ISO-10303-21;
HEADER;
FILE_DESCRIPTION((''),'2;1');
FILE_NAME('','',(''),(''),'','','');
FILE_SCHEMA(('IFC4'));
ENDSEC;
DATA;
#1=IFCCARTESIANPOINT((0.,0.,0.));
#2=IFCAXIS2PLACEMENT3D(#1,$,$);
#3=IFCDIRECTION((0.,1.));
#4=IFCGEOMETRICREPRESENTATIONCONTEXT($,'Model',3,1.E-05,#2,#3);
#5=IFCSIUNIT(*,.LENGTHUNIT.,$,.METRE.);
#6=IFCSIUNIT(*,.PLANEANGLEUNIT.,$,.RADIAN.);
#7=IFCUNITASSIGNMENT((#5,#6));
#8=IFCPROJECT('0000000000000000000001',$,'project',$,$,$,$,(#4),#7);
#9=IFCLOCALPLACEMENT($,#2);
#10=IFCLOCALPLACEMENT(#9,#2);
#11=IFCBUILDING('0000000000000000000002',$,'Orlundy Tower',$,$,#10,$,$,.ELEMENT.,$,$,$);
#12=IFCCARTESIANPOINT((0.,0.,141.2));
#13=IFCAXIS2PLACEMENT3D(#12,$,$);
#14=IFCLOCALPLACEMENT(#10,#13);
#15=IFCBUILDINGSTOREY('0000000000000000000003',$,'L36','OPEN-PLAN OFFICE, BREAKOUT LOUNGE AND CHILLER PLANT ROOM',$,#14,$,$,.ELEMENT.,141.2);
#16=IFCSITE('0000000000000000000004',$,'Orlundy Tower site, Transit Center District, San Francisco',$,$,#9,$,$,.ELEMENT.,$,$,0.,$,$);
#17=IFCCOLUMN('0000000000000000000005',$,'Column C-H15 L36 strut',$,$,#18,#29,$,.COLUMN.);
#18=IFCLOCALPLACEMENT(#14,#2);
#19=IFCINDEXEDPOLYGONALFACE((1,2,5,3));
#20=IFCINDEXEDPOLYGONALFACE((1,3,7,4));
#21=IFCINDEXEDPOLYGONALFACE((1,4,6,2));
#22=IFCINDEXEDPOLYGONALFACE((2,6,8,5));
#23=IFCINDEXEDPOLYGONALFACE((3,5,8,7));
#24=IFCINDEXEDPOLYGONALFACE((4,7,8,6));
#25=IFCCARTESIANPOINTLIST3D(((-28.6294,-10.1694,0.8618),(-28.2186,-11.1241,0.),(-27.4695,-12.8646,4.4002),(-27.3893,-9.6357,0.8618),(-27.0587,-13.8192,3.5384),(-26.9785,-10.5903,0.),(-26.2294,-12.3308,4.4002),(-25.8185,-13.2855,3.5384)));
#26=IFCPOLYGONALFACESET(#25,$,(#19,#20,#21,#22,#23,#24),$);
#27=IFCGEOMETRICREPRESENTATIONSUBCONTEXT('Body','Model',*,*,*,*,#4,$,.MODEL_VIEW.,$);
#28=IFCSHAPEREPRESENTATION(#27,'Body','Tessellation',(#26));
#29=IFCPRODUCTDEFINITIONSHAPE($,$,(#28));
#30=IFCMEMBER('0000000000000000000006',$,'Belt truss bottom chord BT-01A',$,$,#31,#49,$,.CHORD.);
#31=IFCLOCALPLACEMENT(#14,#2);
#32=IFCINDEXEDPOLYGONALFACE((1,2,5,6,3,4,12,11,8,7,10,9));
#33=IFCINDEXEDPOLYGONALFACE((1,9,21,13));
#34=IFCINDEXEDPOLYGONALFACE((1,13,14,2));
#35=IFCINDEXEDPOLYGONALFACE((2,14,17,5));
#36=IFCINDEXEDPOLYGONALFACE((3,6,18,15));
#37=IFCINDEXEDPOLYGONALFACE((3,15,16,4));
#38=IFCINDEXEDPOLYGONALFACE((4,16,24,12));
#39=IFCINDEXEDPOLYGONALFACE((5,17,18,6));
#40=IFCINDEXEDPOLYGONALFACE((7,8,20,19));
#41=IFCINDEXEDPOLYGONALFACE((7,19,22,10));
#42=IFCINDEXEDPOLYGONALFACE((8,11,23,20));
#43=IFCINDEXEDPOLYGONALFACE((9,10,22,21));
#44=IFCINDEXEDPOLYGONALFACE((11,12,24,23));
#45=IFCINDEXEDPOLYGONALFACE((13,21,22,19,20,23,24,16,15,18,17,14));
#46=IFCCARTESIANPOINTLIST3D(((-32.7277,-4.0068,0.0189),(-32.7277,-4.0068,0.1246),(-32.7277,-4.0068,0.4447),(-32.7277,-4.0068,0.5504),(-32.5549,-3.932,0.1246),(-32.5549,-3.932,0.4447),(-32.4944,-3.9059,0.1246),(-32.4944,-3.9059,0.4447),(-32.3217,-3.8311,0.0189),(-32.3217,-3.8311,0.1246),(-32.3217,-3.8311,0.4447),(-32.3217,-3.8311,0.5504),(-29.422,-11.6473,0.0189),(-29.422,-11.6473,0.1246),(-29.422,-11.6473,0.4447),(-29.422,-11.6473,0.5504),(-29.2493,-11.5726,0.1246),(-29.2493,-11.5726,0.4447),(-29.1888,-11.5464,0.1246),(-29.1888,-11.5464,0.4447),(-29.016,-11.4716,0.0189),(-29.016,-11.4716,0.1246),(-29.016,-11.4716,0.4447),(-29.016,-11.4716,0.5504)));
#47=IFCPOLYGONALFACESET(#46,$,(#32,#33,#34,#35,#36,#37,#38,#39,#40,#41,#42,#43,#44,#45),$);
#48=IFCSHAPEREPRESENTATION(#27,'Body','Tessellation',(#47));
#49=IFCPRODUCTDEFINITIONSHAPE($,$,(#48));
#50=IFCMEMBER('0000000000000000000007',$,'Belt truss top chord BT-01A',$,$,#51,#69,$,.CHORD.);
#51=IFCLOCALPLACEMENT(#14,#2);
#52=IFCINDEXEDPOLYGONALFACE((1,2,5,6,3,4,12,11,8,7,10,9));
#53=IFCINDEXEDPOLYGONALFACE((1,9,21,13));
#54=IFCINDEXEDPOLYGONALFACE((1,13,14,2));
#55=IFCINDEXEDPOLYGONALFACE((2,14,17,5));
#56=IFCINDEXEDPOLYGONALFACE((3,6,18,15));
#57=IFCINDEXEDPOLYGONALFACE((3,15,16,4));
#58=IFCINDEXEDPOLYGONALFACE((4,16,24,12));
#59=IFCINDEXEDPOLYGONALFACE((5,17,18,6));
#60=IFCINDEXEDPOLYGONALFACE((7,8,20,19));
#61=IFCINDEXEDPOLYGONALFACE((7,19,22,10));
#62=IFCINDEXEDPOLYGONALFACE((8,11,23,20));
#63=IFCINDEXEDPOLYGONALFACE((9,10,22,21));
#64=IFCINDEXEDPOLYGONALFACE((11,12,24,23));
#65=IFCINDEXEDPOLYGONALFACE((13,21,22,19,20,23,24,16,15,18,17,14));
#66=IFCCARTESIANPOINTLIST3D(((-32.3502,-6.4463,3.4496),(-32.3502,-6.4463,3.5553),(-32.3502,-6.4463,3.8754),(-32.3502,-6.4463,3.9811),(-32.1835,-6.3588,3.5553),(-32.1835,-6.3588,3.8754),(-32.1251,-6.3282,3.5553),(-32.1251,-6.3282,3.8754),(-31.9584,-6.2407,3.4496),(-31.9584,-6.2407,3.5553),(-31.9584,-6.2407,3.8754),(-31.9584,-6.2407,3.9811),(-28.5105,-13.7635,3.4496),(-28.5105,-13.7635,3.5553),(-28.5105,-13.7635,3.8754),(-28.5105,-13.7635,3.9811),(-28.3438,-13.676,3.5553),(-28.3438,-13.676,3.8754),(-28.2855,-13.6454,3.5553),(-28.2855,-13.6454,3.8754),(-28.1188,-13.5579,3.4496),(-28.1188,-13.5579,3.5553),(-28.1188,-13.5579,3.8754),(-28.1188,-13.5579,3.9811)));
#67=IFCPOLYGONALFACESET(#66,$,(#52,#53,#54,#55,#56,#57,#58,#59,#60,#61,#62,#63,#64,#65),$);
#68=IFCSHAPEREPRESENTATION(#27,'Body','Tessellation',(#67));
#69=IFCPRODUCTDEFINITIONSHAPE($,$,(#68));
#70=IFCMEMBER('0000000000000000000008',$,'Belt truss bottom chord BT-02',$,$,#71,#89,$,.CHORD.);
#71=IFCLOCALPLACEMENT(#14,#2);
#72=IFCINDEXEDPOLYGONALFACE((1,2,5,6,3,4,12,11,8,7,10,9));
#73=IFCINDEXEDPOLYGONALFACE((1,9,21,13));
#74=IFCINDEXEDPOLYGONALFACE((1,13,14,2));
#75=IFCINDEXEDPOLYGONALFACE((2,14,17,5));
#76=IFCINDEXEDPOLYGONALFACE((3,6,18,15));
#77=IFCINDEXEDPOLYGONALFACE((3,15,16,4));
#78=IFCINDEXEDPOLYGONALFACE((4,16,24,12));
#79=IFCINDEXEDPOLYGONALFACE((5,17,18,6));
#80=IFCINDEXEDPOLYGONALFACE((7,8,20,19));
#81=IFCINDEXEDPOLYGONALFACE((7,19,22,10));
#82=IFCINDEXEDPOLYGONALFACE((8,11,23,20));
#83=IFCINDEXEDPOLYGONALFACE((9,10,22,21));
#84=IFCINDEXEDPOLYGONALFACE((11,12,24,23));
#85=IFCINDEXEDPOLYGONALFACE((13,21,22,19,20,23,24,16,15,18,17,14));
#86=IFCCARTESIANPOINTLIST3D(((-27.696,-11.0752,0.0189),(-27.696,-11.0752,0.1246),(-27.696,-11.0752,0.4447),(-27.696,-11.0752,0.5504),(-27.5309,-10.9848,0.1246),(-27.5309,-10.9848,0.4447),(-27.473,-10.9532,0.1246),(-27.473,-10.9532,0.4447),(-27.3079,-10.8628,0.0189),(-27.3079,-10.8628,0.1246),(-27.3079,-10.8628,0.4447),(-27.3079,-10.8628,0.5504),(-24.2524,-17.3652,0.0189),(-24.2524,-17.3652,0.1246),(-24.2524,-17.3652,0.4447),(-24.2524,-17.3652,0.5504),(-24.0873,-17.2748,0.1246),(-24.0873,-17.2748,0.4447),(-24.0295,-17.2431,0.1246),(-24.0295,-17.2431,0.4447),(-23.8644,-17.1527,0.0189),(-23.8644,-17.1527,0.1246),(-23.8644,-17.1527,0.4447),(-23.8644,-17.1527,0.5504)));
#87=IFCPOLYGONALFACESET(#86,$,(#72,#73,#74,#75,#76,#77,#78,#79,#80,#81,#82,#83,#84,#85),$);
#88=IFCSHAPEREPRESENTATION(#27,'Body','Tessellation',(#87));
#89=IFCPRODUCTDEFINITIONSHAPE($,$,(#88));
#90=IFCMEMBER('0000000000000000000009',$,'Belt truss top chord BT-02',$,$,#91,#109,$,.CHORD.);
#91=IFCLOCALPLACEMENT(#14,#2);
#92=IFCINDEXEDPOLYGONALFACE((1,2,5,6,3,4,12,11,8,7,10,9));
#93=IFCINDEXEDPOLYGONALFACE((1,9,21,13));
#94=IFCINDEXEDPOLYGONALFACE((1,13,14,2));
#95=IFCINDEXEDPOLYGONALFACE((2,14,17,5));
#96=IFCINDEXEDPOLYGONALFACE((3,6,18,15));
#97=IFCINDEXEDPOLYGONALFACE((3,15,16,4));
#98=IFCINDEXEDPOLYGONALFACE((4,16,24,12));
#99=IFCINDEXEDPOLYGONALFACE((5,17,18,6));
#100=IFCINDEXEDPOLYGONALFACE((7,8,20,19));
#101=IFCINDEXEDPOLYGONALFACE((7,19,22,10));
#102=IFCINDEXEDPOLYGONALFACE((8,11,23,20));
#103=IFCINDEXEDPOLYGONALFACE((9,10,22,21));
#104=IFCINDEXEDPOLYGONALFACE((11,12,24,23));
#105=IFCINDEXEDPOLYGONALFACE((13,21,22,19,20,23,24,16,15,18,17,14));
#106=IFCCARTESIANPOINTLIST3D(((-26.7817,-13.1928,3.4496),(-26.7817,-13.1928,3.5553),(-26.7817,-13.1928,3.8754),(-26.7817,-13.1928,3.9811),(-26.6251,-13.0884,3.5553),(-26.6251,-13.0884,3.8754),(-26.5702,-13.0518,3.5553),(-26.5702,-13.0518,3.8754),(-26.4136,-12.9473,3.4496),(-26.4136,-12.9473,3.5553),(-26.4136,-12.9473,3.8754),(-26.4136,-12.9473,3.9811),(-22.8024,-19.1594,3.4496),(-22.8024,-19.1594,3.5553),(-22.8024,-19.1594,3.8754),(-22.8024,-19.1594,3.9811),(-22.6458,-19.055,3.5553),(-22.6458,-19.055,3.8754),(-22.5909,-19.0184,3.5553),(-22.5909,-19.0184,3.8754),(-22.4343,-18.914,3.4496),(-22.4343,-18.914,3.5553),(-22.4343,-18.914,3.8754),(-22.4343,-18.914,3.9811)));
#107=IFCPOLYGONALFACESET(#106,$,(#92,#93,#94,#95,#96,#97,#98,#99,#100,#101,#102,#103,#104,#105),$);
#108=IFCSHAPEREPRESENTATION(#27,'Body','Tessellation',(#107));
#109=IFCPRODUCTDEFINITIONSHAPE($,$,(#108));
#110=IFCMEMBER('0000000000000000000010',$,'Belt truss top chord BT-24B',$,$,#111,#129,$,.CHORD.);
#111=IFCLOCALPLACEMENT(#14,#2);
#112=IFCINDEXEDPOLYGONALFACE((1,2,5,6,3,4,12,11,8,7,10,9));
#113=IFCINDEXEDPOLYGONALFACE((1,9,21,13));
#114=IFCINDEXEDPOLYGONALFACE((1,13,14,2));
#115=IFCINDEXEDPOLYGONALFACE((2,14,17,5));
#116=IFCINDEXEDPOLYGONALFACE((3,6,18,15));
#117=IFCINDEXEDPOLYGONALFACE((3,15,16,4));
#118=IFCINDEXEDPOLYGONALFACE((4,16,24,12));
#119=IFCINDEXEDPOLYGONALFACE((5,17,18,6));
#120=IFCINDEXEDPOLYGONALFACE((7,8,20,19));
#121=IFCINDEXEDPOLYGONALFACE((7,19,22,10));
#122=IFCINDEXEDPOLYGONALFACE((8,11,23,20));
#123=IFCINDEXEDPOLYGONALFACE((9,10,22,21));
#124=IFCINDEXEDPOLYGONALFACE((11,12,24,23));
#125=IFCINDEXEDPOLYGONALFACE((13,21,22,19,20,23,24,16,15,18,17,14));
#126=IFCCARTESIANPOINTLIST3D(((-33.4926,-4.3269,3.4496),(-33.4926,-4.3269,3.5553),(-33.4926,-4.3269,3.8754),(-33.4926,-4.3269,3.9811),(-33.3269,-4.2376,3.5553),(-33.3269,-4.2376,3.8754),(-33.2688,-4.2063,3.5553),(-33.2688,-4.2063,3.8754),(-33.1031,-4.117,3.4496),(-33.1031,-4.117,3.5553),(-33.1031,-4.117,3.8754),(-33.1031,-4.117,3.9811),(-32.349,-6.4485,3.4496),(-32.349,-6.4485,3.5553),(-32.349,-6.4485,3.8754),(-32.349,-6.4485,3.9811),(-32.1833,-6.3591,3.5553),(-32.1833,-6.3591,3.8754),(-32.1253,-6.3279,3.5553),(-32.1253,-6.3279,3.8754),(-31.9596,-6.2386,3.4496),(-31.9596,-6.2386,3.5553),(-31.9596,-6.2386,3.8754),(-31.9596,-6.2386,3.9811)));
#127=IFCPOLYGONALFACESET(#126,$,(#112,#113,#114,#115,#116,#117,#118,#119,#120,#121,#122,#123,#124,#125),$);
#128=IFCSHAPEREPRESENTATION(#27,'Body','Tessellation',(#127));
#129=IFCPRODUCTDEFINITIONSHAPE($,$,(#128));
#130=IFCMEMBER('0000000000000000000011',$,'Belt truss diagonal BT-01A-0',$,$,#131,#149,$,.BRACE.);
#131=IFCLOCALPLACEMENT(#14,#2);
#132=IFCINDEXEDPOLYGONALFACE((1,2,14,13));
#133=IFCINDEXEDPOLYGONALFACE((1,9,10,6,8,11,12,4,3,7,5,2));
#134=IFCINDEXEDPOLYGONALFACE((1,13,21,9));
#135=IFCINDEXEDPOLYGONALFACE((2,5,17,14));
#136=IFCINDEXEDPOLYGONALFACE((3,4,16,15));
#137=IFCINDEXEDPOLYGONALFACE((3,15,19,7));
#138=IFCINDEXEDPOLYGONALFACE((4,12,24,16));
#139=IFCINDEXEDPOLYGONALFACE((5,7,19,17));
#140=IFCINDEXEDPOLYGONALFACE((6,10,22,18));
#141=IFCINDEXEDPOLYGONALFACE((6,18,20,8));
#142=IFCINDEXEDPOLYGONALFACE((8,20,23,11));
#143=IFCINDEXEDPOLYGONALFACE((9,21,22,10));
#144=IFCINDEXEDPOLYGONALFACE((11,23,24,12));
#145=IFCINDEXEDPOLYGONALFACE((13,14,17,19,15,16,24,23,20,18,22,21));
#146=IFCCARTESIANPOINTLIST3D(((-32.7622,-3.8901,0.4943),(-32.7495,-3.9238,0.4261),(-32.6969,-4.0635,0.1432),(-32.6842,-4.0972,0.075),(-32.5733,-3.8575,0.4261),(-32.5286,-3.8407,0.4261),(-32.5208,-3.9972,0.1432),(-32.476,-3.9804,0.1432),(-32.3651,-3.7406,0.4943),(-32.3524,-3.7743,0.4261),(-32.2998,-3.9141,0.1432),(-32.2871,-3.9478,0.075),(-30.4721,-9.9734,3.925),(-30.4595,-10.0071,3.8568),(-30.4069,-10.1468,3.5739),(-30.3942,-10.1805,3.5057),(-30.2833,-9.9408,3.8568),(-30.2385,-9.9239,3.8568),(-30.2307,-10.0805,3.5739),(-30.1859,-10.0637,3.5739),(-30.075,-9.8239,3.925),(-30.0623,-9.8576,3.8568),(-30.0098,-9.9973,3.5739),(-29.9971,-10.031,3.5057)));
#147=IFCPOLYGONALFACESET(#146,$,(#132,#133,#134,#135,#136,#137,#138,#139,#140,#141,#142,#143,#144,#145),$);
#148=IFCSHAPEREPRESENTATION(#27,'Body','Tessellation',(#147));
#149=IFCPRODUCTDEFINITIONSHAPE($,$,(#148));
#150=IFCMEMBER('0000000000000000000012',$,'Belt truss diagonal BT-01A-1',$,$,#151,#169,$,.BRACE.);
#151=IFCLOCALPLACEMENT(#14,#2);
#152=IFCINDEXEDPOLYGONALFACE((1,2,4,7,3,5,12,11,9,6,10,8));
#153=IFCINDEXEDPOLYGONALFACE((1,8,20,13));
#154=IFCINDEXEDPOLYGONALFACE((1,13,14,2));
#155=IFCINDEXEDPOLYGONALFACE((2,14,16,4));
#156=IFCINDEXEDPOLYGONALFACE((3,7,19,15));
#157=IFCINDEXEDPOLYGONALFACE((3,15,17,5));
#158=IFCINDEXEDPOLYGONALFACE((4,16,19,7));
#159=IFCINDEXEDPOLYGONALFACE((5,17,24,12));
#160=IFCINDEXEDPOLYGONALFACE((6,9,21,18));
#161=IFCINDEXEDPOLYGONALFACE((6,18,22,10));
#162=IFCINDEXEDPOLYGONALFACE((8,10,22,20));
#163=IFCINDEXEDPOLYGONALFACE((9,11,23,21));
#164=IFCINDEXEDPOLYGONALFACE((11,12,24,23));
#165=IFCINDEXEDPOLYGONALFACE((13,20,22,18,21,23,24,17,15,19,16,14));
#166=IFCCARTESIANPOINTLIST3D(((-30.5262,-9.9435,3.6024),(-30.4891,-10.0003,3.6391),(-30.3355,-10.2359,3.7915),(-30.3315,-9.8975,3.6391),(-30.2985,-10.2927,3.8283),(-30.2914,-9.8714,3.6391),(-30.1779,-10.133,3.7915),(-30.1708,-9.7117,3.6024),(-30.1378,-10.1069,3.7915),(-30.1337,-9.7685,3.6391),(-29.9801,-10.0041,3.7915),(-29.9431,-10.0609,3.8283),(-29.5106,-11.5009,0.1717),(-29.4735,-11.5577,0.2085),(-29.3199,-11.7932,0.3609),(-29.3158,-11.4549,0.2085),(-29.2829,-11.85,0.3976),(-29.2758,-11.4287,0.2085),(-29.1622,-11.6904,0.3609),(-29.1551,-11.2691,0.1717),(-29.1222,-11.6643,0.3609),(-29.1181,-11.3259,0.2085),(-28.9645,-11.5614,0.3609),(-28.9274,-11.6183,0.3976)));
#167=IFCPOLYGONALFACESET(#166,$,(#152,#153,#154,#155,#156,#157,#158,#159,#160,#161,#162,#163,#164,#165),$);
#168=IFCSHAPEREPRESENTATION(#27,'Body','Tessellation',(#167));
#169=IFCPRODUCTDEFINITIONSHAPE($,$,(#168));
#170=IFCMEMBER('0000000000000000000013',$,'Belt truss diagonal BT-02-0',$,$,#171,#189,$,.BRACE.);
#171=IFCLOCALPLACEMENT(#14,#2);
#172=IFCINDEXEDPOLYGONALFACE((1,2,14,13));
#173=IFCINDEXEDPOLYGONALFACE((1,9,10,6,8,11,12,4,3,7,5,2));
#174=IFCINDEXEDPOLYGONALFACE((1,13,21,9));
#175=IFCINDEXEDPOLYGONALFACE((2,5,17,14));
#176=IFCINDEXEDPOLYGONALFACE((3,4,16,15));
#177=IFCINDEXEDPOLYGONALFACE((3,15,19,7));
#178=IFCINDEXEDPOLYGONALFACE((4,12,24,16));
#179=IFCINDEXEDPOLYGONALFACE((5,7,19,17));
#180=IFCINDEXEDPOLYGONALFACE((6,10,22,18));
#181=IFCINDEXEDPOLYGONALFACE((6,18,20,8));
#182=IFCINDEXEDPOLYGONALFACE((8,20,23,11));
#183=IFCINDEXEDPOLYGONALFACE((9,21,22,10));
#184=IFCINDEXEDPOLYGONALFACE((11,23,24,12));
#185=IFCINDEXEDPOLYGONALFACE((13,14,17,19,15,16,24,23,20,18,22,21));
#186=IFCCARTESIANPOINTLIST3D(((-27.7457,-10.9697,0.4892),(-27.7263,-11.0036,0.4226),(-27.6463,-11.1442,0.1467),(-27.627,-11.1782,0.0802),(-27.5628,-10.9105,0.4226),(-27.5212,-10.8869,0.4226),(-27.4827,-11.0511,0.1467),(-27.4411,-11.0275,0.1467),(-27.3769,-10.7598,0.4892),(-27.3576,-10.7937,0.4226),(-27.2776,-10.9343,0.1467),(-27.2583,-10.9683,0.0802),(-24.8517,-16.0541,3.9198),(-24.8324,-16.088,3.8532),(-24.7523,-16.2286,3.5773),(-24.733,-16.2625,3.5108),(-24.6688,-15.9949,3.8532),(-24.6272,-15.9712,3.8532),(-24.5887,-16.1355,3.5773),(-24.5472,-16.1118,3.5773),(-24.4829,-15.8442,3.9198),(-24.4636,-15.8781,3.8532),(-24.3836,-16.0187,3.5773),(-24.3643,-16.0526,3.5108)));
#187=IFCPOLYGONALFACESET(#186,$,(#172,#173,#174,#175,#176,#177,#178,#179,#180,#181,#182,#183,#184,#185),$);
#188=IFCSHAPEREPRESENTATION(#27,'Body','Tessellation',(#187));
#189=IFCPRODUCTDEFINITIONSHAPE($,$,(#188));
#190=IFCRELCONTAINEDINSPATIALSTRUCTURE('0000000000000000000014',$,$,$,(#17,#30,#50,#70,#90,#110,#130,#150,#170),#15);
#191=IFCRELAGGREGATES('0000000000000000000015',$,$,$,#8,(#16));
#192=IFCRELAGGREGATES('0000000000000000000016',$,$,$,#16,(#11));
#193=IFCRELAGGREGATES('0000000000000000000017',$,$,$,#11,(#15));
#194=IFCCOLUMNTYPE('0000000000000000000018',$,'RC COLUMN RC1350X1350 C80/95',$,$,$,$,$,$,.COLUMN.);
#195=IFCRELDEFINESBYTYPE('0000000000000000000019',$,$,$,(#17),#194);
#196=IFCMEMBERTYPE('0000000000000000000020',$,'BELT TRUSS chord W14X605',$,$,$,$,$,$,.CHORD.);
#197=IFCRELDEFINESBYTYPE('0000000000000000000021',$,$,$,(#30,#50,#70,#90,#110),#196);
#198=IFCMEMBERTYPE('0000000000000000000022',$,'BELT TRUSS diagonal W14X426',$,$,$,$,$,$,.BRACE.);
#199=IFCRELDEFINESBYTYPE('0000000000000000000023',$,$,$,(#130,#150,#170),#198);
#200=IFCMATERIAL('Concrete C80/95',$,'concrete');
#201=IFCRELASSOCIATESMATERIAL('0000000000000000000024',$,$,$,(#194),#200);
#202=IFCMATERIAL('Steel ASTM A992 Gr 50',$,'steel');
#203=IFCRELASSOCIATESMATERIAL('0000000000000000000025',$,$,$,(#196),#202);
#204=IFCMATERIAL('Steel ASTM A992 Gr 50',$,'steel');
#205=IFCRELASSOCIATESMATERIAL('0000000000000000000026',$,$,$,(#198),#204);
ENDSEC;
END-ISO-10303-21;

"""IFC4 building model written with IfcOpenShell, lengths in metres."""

from ifc_helpers import new_model, si_unit, direction, frame, origin, origin_2d, place, context, subcontext, project, spatial, rectangle, i_section, extrude, material, material_profile, profile_set, type_object, element, save


model = new_model("IFC4")

# Units and contexts
model_context = context("Model", 3, precision=1e-05, world=origin(), true_north=direction((0.0, 1.0)))
body_context = subcontext(model_context, "Body", "Model", "MODEL_VIEW")
ifc_project = project(units=[si_unit("LENGTHUNIT", "METRE"), si_unit("PLANEANGLEUNIT", "RADIAN")], contexts=[model_context])

# Site, building, storey
site_placement = place(None, origin())
site = spatial("IfcSite", under=ifc_project, at=site_placement, Name="Orlundy Tower site, Transit Center District, San Francisco", CompositionType="ELEMENT", RefElevation=0.0)
building_placement = place(site_placement, origin())
building = spatial("IfcBuilding", under=site, at=building_placement, Name="Orlundy Tower", CompositionType="ELEMENT")
storey_placement = place(building_placement, frame((0.0, 0.0, 141.2)))
storey = spatial("IfcBuildingStorey", under=building, at=storey_placement, Name="L36", Description="OPEN-PLAN OFFICE, BREAKOUT LOUNGE AND CHILLER PLANT ROOM", CompositionType="ELEMENT", Elevation=141.2)

# Column
ifc_material_1 = material(Name="Concrete C80/95", Category="concrete")
ifc_material_profile_1 = material_profile(ifc_material_1, rectangle(XDim=1.3501, YDim=1.3501, at=origin_2d()), Name="RC1350X1350")
ifc_profile_set_1 = profile_set([ifc_material_profile_1], Name="Concrete C80/95")
column_type = type_object("IfcColumnType", Name="RC COLUMN RC1350X1350 C80/95", PredefinedType="COLUMN", material=ifc_profile_set_1)
column_placement = place(storey_placement, frame((-27.804, -10.3799, 0.4309), z_axis=(0.252342, -0.58632, 0.769774), x_axis=(0.918541, 0.395325, 0.0)))
element("IfcColumn", 1, at=column_placement, inside=storey, type_object=column_type, Name="Column C-H15 L36 strut", PredefinedType="COLUMN", context=body_context, shape_type="SweptSolid", body=[
    extrude(rectangle(XDim=1.3501, YDim=1.3501, at=origin_2d()), origin(), (0.0, 0.0, 1.0), 4.5967),
])

# Members
ifc_material_2 = material(Name="Steel ASTM A992 Gr 50", Category="steel")
ifc_material_profile_2 = material_profile(ifc_material_2, i_section(OverallWidth=0.4424, OverallDepth=0.5315, WebThickness=0.0659, FlangeThickness=0.1057, at=origin_2d()), Name="W14X605")
ifc_profile_set_2 = profile_set([ifc_material_profile_2], Name="Steel ASTM A992 Gr 50")
member_type_1 = type_object("IfcMemberType", Name="BELT TRUSS chord W14X605", PredefinedType="CHORD", material=ifc_profile_set_2)
member_1_placement = place(storey_placement, frame((-32.5247, -3.9189, 0.2847), z_axis=(0.397074, -0.917787, 0.0), x_axis=(0.917787, 0.397074, 0.0)))
element("IfcMember", 2, at=member_1_placement, inside=storey, type_object=member_type_1, Name="Belt truss bottom chord BT-01A", PredefinedType="CHORD", context=body_context, shape_type="SweptSolid", body=[
    extrude(i_section(OverallWidth=0.4424, OverallDepth=0.5315, WebThickness=0.0659, FlangeThickness=0.1057, at=origin_2d()), origin(), (0.0, 0.0, 1.0), 8.325),
])
member_2_placement = place(storey_placement, frame((-32.1543, -6.3435, 3.7153), z_axis=(0.464654, -0.885492, 0.0), x_axis=(0.885492, 0.464654, 0.0)))
element("IfcMember", 3, at=member_2_placement, inside=storey, type_object=member_type_1, Name="Belt truss top chord BT-01A", PredefinedType="CHORD", context=body_context, shape_type="SweptSolid", body=[
    extrude(i_section(OverallWidth=0.4424, OverallDepth=0.5315, WebThickness=0.0659, FlangeThickness=0.1057, at=origin_2d()), origin(), (0.0, 0.0, 1.0), 8.2634),
])
member_3_placement = place(storey_placement, frame((-27.502, -10.969, 0.2847), z_axis=(0.480214, -0.877152, 0.0), x_axis=(0.877152, 0.480214, 0.0)))
element("IfcMember", 4, at=member_3_placement, inside=storey, type_object=member_type_1, Name="Belt truss bottom chord BT-02", PredefinedType="CHORD", context=body_context, shape_type="SweptSolid", body=[
    extrude(i_section(OverallWidth=0.4424, OverallDepth=0.5315, WebThickness=0.0659, FlangeThickness=0.1057, at=origin_2d()), origin(), (0.0, 0.0, 1.0), 7.1709),
])
member_4_placement = place(storey_placement, frame((-26.5977, -13.0701, 3.7153), z_axis=(0.554849, -0.831951, 0.0), x_axis=(0.831951, 0.554849, 0.0)))
element("IfcMember", 5, at=member_4_placement, inside=storey, type_object=member_type_1, Name="Belt truss top chord BT-02", PredefinedType="CHORD", context=body_context, shape_type="SweptSolid", body=[
    extrude(i_section(OverallWidth=0.4424, OverallDepth=0.5315, WebThickness=0.0659, FlangeThickness=0.1057, at=origin_2d()), origin(), (0.0, 0.0, 1.0), 7.1719),
])
member_5_placement = place(storey_placement, frame((-33.2979, -4.2219, 3.7153), z_axis=(0.474474, -0.880269, 0.0), x_axis=(0.880269, 0.474474, 0.0)))
element("IfcMember", 6, at=member_5_placement, inside=storey, type_object=member_type_1, Name="Belt truss top chord BT-24B", PredefinedType="CHORD", context=body_context, shape_type="SweptSolid", body=[
    extrude(i_section(OverallWidth=0.4424, OverallDepth=0.5315, WebThickness=0.0659, FlangeThickness=0.1057, at=origin_2d()), origin(), (0.0, 0.0, 1.0), 2.4102),
])
ifc_material_3 = material(Name="Steel ASTM A992 Gr 50", Category="steel")
ifc_material_profile_3 = material_profile(ifc_material_3, i_section(OverallWidth=0.4243, OverallDepth=0.4741, WebThickness=0.0479, FlangeThickness=0.0771, at=origin_2d()), Name="W14X426")
ifc_profile_set_3 = profile_set([ifc_material_profile_3], Name="Steel ASTM A992 Gr 50")
member_type_2 = type_object("IfcMemberType", Name="BELT TRUSS diagonal W14X426", PredefinedType="BRACE", material=ifc_profile_set_3)
member_6_placement = place(storey_placement, frame((-32.5247, -3.9189, 0.2847), z_axis=(0.311578, -0.827675, 0.466769), x_axis=(0.935882, 0.352313, 0.0)))
element("IfcMember", 7, at=member_6_placement, inside=storey, type_object=member_type_2, Name="Belt truss diagonal BT-01A-0", PredefinedType="BRACE", context=body_context, shape_type="SweptSolid", body=[
    extrude(i_section(OverallWidth=0.4243, OverallDepth=0.4741, WebThickness=0.0479, FlangeThickness=0.0771, at=origin_2d()), origin(), (0.0, 0.0, 1.0), 7.3499),
])
member_7_placement = place(storey_placement, frame((-30.2346, -10.0022, 3.7153), z_axis=(0.260277, -0.399112, -0.879185), x_axis=(0.837624, 0.546248, 0.0)))
element("IfcMember", 8, at=member_7_placement, inside=storey, type_object=member_type_2, Name="Belt truss diagonal BT-01A-1", PredefinedType="BRACE", context=body_context, shape_type="SweptSolid", body=[
    extrude(i_section(OverallWidth=0.4243, OverallDepth=0.4741, WebThickness=0.0479, FlangeThickness=0.0771, at=origin_2d()), origin(), (0.0, 0.0, 1.0), 3.9021),
])
member_8_placement = place(storey_placement, frame((-27.502, -10.969, 0.2847), z_axis=(0.426718, -0.749691, 0.505841), x_axis=(0.869079, 0.494673, 0.0)))
element("IfcMember", 9, at=member_8_placement, inside=storey, type_object=member_type_2, Name="Belt truss diagonal BT-02-0", PredefinedType="BRACE", context=body_context, shape_type="SweptSolid", body=[
    extrude(i_section(OverallWidth=0.4243, OverallDepth=0.4741, WebThickness=0.0479, FlangeThickness=0.0771, at=origin_2d()), origin(), (0.0, 0.0, 1.0), 6.782),
])

save(model, "model.ifc")
